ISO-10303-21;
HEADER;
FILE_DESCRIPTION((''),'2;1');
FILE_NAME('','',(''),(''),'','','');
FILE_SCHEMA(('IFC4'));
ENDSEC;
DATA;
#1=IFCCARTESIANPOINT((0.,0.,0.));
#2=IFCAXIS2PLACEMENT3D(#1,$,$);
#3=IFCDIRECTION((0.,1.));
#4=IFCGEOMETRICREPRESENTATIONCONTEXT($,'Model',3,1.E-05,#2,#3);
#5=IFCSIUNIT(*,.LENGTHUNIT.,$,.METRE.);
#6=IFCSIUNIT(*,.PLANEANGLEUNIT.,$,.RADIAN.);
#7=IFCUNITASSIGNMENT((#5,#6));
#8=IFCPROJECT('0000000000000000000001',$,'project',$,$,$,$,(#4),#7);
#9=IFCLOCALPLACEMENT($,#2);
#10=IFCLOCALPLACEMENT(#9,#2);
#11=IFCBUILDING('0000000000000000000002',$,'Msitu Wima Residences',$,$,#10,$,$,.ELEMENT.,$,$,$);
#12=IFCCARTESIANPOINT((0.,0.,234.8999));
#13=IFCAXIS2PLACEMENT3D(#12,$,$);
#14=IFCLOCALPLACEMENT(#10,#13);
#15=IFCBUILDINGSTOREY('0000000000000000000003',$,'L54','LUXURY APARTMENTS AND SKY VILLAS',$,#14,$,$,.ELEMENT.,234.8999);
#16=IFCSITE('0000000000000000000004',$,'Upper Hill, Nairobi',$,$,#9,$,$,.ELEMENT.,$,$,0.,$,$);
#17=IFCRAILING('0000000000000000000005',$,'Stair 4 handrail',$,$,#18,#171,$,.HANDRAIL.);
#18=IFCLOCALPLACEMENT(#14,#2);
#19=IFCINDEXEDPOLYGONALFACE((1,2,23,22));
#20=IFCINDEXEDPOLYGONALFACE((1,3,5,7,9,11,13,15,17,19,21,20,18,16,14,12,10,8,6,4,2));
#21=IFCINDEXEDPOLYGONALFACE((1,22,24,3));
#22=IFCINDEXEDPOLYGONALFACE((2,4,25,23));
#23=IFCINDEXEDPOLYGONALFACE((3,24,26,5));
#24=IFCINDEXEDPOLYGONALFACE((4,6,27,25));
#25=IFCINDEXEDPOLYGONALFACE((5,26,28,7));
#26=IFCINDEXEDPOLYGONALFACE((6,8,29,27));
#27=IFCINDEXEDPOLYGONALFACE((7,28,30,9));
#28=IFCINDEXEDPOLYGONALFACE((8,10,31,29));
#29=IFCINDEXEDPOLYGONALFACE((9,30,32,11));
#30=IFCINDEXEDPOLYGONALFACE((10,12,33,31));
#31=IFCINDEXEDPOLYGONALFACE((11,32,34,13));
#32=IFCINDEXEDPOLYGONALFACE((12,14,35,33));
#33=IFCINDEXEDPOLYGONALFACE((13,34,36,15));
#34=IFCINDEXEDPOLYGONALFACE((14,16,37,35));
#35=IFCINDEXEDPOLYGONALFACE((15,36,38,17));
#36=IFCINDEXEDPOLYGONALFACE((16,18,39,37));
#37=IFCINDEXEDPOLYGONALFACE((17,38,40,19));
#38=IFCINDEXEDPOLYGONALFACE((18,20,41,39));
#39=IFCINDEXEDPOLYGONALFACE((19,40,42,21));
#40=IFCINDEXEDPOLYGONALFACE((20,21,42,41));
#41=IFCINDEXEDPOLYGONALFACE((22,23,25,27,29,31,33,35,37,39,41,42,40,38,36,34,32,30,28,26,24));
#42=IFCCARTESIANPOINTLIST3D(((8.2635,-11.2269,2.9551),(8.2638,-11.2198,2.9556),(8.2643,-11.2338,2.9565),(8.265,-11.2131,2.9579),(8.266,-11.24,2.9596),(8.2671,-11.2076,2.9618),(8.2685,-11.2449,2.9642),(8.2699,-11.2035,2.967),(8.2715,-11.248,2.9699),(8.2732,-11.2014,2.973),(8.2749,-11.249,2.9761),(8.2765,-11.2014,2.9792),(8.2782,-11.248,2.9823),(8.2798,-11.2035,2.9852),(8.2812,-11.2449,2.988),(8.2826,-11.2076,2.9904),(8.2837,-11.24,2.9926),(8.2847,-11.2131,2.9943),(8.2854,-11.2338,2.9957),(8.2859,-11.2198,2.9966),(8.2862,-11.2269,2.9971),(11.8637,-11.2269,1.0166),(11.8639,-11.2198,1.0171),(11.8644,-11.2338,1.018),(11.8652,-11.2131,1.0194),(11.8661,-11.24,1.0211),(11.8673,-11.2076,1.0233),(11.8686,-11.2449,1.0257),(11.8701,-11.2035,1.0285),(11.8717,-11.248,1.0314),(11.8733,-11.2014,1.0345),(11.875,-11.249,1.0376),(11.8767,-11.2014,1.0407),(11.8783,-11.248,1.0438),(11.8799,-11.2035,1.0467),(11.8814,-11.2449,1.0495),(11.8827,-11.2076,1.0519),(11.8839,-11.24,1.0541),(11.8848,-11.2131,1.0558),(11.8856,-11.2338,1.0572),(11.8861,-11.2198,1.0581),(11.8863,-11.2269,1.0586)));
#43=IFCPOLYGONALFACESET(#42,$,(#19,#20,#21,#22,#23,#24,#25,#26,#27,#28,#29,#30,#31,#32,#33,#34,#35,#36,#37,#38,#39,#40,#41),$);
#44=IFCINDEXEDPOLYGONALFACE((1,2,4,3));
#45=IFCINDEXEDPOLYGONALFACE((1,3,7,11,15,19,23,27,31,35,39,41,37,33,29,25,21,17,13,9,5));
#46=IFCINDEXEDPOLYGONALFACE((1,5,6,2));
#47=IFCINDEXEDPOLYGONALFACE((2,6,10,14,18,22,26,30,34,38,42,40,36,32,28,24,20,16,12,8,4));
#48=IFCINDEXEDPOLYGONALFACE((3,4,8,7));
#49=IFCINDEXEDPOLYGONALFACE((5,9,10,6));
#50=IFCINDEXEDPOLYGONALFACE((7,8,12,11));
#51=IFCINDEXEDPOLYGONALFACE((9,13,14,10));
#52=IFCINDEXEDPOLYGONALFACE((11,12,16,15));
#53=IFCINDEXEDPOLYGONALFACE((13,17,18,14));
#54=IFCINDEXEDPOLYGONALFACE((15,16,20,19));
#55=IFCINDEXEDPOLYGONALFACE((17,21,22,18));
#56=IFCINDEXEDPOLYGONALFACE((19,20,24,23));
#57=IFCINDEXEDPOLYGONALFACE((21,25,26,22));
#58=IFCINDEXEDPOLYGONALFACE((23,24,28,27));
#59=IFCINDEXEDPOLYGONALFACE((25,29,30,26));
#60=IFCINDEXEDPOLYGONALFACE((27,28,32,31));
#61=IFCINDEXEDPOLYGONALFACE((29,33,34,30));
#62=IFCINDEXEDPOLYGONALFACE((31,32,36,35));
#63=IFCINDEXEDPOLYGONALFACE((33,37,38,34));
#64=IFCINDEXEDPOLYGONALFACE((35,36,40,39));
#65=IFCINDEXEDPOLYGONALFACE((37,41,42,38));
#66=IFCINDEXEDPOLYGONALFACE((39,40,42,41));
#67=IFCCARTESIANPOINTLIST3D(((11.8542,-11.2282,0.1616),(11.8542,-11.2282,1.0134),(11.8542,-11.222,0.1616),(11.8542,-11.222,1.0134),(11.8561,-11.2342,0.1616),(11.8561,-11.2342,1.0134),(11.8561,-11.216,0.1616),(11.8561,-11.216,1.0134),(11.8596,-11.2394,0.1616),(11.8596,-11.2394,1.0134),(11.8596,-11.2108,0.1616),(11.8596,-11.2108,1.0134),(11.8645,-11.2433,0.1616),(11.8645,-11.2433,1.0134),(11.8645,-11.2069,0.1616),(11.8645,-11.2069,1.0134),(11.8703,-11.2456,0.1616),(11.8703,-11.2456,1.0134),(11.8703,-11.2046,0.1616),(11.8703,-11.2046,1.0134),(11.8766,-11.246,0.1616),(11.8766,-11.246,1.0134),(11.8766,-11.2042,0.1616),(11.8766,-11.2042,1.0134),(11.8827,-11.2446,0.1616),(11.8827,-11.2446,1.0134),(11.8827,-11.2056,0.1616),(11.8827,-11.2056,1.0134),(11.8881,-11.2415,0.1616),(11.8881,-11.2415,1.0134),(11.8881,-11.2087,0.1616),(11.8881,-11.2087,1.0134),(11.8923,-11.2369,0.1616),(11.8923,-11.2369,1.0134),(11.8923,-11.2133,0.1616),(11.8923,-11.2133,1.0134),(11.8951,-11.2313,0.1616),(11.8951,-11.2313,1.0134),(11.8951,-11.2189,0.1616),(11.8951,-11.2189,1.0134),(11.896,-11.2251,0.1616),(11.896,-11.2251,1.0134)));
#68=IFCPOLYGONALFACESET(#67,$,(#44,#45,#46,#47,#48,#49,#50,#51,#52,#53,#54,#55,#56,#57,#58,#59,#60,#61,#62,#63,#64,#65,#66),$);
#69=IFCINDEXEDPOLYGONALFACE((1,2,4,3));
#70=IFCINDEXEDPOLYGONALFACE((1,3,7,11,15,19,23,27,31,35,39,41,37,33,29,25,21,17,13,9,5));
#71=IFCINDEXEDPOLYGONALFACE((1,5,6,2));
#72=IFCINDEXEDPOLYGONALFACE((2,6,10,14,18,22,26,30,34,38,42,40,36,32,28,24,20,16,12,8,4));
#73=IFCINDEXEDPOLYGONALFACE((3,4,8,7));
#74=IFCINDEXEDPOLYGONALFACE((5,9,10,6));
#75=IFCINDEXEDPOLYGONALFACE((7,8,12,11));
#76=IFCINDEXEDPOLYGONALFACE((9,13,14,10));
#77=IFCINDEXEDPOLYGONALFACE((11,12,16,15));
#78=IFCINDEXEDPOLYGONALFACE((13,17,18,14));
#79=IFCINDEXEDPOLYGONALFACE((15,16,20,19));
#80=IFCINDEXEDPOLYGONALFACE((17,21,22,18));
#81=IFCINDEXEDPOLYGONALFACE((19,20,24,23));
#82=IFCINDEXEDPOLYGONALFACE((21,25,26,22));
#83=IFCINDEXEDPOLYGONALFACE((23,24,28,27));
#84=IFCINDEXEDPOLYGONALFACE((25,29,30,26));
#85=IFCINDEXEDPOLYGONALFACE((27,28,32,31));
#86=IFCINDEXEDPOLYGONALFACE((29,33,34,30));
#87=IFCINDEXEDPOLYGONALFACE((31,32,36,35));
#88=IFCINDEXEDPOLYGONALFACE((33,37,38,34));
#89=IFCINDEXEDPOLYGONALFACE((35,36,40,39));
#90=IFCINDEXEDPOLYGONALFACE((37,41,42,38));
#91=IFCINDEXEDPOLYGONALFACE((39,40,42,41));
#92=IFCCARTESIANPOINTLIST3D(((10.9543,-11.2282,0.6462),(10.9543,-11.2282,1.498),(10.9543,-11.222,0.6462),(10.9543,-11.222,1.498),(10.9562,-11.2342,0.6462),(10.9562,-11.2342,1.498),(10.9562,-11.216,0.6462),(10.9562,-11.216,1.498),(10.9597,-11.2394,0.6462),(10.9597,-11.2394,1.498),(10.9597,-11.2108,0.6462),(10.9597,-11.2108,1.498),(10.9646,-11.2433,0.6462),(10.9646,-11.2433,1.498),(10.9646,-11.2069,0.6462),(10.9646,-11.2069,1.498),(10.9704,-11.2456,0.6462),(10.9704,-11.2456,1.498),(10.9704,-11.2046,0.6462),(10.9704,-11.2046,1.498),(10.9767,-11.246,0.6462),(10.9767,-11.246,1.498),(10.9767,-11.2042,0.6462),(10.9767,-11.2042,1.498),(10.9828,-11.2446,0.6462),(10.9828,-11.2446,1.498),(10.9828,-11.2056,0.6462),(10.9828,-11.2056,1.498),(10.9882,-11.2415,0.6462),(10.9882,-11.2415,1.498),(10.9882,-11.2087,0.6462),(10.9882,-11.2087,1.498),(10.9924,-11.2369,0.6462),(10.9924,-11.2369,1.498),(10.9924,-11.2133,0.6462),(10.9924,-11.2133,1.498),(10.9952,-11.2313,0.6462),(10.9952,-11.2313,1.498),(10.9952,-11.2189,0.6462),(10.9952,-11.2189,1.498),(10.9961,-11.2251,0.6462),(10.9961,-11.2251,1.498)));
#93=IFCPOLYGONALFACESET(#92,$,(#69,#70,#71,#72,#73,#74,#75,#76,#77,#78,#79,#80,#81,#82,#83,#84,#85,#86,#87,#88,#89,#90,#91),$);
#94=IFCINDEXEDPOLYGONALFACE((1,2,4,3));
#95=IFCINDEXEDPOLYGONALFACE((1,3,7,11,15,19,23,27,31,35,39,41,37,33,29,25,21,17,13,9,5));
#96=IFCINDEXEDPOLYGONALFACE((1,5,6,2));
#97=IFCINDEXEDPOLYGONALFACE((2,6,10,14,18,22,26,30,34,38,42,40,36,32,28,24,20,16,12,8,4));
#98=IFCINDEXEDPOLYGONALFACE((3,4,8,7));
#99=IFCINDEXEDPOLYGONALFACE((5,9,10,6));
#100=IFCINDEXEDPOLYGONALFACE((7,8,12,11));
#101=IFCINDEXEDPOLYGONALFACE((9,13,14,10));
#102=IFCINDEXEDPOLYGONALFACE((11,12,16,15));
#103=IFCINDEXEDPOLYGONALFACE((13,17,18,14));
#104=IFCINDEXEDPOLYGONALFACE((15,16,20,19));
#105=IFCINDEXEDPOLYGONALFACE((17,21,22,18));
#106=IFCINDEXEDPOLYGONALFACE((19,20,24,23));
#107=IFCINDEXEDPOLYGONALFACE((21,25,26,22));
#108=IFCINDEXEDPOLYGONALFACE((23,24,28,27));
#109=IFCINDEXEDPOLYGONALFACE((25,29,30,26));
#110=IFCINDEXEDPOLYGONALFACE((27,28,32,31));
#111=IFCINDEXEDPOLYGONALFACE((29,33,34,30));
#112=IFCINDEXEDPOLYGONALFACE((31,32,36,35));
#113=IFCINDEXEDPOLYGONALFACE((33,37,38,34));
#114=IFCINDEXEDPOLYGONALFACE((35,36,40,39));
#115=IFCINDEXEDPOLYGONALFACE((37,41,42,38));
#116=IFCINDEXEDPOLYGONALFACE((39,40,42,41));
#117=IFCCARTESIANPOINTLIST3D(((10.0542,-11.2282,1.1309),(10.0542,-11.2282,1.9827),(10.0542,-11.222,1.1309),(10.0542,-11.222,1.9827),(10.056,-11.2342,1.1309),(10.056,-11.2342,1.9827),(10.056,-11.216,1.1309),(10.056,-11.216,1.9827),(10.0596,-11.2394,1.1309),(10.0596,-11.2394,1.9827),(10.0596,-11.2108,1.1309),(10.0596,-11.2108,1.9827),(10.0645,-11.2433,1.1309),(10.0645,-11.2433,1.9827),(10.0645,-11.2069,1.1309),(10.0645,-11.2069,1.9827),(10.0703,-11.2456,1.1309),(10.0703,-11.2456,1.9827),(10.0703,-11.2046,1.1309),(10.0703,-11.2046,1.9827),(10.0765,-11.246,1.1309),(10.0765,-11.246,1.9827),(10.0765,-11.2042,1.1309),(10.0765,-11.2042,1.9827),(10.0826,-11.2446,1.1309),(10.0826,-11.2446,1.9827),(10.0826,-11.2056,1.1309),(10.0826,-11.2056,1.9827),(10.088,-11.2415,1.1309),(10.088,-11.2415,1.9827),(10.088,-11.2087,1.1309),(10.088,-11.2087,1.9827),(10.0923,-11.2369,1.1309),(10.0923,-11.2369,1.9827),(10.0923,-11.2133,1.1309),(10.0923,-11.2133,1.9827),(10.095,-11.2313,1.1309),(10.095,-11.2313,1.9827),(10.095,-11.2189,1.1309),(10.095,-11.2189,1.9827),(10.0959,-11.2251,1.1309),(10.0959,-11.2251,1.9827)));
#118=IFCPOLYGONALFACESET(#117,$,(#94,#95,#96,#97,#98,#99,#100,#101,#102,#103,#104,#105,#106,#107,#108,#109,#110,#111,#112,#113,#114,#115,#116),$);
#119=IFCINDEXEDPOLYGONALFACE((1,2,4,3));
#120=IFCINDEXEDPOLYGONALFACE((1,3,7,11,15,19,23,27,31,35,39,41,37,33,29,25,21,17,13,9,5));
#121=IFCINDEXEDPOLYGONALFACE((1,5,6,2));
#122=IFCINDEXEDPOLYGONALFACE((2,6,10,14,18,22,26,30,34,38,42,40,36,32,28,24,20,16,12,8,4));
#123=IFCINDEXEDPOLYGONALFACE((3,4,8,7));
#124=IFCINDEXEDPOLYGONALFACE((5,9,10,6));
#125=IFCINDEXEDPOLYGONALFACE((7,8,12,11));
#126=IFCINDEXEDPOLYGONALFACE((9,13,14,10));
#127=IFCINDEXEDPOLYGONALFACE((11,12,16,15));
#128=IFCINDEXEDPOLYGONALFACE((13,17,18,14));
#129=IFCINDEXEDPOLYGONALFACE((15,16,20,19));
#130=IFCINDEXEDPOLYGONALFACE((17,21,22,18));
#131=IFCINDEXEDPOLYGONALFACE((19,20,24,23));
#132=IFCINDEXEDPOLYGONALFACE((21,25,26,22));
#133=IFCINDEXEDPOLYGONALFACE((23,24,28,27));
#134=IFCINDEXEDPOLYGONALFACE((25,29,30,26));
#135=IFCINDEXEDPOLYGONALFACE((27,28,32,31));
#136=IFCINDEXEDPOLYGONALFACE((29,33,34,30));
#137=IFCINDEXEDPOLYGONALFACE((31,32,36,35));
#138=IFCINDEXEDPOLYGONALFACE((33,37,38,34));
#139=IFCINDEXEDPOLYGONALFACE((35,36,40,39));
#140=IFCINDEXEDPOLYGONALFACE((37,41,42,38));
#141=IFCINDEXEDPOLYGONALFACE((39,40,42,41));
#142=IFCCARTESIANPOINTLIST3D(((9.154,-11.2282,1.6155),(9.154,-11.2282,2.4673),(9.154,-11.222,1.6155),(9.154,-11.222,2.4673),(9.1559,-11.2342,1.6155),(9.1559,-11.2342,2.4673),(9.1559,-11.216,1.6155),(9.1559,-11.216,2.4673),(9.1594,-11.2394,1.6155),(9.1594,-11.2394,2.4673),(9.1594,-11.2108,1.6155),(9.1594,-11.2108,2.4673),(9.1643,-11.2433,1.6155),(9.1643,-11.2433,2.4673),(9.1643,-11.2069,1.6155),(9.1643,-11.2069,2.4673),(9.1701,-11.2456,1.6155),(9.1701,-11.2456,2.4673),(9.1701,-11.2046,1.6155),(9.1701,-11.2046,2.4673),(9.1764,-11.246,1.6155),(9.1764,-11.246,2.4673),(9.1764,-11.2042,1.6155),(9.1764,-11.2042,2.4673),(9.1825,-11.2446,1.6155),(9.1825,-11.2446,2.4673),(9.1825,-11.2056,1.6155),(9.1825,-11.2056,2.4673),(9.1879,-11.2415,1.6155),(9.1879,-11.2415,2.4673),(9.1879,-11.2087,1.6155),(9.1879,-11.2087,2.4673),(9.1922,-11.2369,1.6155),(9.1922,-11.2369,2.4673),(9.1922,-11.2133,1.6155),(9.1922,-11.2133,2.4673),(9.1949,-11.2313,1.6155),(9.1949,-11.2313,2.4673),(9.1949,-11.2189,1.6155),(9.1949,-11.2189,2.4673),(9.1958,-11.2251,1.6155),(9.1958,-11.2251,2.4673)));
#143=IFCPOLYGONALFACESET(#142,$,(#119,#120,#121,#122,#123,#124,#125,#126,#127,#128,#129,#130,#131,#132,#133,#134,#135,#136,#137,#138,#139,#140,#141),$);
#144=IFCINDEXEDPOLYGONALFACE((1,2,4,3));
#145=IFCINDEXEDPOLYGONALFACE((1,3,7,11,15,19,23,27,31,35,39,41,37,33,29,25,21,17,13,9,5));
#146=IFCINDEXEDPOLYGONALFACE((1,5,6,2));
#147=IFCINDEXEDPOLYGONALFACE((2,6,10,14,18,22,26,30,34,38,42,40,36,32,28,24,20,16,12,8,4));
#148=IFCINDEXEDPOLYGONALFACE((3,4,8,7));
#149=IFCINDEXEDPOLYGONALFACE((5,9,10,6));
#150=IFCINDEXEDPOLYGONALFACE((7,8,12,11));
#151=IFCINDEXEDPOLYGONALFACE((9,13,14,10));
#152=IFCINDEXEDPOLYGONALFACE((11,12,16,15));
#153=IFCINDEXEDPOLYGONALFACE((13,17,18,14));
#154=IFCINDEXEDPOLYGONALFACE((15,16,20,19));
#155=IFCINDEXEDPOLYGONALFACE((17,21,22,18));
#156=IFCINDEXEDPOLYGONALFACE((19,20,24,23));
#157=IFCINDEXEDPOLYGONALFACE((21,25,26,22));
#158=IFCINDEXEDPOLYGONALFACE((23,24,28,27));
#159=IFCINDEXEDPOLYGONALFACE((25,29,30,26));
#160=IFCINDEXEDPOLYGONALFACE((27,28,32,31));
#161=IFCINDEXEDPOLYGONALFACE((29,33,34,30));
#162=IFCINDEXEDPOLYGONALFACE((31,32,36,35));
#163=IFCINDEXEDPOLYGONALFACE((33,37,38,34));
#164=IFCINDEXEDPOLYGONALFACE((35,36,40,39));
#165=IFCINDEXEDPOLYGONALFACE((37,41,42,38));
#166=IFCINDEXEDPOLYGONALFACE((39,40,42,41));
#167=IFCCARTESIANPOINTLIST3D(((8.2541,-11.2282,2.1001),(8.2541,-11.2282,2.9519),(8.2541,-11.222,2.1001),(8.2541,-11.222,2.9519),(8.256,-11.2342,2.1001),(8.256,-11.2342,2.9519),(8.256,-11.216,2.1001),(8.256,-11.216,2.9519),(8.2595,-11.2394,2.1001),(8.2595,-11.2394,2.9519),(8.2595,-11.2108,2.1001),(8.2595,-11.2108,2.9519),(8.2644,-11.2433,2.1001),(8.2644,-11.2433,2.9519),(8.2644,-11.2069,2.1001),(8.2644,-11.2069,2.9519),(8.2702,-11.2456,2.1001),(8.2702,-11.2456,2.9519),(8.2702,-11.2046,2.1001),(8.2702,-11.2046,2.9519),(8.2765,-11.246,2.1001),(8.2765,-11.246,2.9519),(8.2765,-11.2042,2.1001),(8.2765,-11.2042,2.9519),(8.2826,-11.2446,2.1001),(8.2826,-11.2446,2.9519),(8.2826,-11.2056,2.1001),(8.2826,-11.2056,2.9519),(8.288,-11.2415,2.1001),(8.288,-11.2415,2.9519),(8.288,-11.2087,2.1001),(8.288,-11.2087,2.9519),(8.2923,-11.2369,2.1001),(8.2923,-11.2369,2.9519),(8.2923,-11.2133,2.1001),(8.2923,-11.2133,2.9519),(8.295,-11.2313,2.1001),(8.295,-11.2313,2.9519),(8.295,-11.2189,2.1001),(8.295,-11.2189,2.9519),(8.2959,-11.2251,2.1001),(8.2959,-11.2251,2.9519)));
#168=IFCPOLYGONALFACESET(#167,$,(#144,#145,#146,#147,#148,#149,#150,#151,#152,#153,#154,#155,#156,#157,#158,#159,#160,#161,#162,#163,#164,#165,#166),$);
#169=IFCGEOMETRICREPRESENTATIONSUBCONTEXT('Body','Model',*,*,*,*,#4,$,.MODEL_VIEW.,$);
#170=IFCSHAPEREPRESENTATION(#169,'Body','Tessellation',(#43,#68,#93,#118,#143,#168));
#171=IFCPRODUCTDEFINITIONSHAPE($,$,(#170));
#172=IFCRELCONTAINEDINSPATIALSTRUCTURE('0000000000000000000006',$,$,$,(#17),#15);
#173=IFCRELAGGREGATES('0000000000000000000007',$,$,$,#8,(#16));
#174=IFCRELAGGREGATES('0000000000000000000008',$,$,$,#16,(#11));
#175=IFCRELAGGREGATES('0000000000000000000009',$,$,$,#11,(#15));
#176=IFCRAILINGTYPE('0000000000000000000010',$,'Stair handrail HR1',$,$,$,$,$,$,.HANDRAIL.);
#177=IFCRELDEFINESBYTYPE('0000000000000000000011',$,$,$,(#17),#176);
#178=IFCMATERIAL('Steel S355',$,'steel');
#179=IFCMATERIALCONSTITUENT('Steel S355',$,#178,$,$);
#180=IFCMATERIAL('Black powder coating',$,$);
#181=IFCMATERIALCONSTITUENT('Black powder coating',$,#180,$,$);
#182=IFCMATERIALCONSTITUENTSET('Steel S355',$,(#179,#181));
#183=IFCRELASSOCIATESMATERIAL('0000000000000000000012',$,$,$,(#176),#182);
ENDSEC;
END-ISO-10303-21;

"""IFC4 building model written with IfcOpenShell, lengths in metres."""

from ifc_helpers import new_model, si_unit, direction, frame, origin, origin_2d, place, context, subcontext, project, spatial, circle, extrude, material, constituent, constituent_set, type_object, element, save


model = new_model("IFC4")

# Units and contexts
model_context = context("Model", 3, precision=1e-05, world=origin(), true_north=direction((0.0, 1.0)))
body_context = subcontext(model_context, "Body", "Model", "MODEL_VIEW")
ifc_project = project(units=[si_unit("LENGTHUNIT", "METRE"), si_unit("PLANEANGLEUNIT", "RADIAN")], contexts=[model_context])

# Site, building, storey
site_placement = place(None, origin())
site = spatial("IfcSite", under=ifc_project, at=site_placement, Name="Upper Hill, Nairobi", CompositionType="ELEMENT", RefElevation=0.0)
building_placement = place(site_placement, origin())
building = spatial("IfcBuilding", under=site, at=building_placement, Name="Msitu Wima Residences", CompositionType="ELEMENT")
storey_placement = place(building_placement, frame((0.0, 0.0, 234.8999)))
storey = spatial("IfcBuildingStorey", under=building, at=storey_placement, Name="L54", Description="LUXURY APARTMENTS AND SKY VILLAS", CompositionType="ELEMENT", Elevation=234.8999)

# Railing
ifc_material_1 = material(Name="Steel S355", Category="steel")
ifc_constituent_1 = constituent(ifc_material_1, Name="Steel S355")
ifc_material_2 = material(Name="Black powder coating")
ifc_constituent_2 = constituent(ifc_material_2, Name="Black powder coating")
ifc_constituent_set = constituent_set(constituents=[ifc_constituent_1, ifc_constituent_2], Name="Steel S355")
railing_type = type_object("IfcRailingType", Name="Stair handrail HR1", PredefinedType="HANDRAIL", material=ifc_constituent_set)
for number, where, name in (
    (1, (11.875, -11.2251, 0.1616), "Stair 4 handrail"),
):
    element("IfcRailing", number, at=place(storey_placement, frame(where)), inside=storey, type_object=railing_type, Name=name, PredefinedType="HANDRAIL", context=body_context, shape_type="SweptSolid", body=[
        extrude(circle(Radius=0.0239, at=origin_2d()), frame((0.0, 0.0, 0.876), z_axis=(-0.880475, 0.0, 0.474093), x_axis=(0.0, -1.0, 0.0)), (0.0, 0.0, 1.0), 4.0889),
        extrude(circle(Radius=0.021, at=origin_2d()), origin(), (0.0, 0.0, 1.0), 0.8518),
        extrude(circle(Radius=0.021, at=origin_2d()), frame((-0.8999, 0.0, 0.4846)), (0.0, 0.0, 1.0), 0.8518),
        extrude(circle(Radius=0.021, at=origin_2d()), frame((-1.8, 0.0, 0.9692)), (0.0, 0.0, 1.0), 0.8518),
        extrude(circle(Radius=0.021, at=origin_2d()), frame((-2.7002, 0.0, 1.4539)), (0.0, 0.0, 1.0), 0.8518),
        extrude(circle(Radius=0.021, at=origin_2d()), frame((-3.6001, 0.0, 1.9385)), (0.0, 0.0, 1.0), 0.8518),
    ])

save(model, "model.ifc")
